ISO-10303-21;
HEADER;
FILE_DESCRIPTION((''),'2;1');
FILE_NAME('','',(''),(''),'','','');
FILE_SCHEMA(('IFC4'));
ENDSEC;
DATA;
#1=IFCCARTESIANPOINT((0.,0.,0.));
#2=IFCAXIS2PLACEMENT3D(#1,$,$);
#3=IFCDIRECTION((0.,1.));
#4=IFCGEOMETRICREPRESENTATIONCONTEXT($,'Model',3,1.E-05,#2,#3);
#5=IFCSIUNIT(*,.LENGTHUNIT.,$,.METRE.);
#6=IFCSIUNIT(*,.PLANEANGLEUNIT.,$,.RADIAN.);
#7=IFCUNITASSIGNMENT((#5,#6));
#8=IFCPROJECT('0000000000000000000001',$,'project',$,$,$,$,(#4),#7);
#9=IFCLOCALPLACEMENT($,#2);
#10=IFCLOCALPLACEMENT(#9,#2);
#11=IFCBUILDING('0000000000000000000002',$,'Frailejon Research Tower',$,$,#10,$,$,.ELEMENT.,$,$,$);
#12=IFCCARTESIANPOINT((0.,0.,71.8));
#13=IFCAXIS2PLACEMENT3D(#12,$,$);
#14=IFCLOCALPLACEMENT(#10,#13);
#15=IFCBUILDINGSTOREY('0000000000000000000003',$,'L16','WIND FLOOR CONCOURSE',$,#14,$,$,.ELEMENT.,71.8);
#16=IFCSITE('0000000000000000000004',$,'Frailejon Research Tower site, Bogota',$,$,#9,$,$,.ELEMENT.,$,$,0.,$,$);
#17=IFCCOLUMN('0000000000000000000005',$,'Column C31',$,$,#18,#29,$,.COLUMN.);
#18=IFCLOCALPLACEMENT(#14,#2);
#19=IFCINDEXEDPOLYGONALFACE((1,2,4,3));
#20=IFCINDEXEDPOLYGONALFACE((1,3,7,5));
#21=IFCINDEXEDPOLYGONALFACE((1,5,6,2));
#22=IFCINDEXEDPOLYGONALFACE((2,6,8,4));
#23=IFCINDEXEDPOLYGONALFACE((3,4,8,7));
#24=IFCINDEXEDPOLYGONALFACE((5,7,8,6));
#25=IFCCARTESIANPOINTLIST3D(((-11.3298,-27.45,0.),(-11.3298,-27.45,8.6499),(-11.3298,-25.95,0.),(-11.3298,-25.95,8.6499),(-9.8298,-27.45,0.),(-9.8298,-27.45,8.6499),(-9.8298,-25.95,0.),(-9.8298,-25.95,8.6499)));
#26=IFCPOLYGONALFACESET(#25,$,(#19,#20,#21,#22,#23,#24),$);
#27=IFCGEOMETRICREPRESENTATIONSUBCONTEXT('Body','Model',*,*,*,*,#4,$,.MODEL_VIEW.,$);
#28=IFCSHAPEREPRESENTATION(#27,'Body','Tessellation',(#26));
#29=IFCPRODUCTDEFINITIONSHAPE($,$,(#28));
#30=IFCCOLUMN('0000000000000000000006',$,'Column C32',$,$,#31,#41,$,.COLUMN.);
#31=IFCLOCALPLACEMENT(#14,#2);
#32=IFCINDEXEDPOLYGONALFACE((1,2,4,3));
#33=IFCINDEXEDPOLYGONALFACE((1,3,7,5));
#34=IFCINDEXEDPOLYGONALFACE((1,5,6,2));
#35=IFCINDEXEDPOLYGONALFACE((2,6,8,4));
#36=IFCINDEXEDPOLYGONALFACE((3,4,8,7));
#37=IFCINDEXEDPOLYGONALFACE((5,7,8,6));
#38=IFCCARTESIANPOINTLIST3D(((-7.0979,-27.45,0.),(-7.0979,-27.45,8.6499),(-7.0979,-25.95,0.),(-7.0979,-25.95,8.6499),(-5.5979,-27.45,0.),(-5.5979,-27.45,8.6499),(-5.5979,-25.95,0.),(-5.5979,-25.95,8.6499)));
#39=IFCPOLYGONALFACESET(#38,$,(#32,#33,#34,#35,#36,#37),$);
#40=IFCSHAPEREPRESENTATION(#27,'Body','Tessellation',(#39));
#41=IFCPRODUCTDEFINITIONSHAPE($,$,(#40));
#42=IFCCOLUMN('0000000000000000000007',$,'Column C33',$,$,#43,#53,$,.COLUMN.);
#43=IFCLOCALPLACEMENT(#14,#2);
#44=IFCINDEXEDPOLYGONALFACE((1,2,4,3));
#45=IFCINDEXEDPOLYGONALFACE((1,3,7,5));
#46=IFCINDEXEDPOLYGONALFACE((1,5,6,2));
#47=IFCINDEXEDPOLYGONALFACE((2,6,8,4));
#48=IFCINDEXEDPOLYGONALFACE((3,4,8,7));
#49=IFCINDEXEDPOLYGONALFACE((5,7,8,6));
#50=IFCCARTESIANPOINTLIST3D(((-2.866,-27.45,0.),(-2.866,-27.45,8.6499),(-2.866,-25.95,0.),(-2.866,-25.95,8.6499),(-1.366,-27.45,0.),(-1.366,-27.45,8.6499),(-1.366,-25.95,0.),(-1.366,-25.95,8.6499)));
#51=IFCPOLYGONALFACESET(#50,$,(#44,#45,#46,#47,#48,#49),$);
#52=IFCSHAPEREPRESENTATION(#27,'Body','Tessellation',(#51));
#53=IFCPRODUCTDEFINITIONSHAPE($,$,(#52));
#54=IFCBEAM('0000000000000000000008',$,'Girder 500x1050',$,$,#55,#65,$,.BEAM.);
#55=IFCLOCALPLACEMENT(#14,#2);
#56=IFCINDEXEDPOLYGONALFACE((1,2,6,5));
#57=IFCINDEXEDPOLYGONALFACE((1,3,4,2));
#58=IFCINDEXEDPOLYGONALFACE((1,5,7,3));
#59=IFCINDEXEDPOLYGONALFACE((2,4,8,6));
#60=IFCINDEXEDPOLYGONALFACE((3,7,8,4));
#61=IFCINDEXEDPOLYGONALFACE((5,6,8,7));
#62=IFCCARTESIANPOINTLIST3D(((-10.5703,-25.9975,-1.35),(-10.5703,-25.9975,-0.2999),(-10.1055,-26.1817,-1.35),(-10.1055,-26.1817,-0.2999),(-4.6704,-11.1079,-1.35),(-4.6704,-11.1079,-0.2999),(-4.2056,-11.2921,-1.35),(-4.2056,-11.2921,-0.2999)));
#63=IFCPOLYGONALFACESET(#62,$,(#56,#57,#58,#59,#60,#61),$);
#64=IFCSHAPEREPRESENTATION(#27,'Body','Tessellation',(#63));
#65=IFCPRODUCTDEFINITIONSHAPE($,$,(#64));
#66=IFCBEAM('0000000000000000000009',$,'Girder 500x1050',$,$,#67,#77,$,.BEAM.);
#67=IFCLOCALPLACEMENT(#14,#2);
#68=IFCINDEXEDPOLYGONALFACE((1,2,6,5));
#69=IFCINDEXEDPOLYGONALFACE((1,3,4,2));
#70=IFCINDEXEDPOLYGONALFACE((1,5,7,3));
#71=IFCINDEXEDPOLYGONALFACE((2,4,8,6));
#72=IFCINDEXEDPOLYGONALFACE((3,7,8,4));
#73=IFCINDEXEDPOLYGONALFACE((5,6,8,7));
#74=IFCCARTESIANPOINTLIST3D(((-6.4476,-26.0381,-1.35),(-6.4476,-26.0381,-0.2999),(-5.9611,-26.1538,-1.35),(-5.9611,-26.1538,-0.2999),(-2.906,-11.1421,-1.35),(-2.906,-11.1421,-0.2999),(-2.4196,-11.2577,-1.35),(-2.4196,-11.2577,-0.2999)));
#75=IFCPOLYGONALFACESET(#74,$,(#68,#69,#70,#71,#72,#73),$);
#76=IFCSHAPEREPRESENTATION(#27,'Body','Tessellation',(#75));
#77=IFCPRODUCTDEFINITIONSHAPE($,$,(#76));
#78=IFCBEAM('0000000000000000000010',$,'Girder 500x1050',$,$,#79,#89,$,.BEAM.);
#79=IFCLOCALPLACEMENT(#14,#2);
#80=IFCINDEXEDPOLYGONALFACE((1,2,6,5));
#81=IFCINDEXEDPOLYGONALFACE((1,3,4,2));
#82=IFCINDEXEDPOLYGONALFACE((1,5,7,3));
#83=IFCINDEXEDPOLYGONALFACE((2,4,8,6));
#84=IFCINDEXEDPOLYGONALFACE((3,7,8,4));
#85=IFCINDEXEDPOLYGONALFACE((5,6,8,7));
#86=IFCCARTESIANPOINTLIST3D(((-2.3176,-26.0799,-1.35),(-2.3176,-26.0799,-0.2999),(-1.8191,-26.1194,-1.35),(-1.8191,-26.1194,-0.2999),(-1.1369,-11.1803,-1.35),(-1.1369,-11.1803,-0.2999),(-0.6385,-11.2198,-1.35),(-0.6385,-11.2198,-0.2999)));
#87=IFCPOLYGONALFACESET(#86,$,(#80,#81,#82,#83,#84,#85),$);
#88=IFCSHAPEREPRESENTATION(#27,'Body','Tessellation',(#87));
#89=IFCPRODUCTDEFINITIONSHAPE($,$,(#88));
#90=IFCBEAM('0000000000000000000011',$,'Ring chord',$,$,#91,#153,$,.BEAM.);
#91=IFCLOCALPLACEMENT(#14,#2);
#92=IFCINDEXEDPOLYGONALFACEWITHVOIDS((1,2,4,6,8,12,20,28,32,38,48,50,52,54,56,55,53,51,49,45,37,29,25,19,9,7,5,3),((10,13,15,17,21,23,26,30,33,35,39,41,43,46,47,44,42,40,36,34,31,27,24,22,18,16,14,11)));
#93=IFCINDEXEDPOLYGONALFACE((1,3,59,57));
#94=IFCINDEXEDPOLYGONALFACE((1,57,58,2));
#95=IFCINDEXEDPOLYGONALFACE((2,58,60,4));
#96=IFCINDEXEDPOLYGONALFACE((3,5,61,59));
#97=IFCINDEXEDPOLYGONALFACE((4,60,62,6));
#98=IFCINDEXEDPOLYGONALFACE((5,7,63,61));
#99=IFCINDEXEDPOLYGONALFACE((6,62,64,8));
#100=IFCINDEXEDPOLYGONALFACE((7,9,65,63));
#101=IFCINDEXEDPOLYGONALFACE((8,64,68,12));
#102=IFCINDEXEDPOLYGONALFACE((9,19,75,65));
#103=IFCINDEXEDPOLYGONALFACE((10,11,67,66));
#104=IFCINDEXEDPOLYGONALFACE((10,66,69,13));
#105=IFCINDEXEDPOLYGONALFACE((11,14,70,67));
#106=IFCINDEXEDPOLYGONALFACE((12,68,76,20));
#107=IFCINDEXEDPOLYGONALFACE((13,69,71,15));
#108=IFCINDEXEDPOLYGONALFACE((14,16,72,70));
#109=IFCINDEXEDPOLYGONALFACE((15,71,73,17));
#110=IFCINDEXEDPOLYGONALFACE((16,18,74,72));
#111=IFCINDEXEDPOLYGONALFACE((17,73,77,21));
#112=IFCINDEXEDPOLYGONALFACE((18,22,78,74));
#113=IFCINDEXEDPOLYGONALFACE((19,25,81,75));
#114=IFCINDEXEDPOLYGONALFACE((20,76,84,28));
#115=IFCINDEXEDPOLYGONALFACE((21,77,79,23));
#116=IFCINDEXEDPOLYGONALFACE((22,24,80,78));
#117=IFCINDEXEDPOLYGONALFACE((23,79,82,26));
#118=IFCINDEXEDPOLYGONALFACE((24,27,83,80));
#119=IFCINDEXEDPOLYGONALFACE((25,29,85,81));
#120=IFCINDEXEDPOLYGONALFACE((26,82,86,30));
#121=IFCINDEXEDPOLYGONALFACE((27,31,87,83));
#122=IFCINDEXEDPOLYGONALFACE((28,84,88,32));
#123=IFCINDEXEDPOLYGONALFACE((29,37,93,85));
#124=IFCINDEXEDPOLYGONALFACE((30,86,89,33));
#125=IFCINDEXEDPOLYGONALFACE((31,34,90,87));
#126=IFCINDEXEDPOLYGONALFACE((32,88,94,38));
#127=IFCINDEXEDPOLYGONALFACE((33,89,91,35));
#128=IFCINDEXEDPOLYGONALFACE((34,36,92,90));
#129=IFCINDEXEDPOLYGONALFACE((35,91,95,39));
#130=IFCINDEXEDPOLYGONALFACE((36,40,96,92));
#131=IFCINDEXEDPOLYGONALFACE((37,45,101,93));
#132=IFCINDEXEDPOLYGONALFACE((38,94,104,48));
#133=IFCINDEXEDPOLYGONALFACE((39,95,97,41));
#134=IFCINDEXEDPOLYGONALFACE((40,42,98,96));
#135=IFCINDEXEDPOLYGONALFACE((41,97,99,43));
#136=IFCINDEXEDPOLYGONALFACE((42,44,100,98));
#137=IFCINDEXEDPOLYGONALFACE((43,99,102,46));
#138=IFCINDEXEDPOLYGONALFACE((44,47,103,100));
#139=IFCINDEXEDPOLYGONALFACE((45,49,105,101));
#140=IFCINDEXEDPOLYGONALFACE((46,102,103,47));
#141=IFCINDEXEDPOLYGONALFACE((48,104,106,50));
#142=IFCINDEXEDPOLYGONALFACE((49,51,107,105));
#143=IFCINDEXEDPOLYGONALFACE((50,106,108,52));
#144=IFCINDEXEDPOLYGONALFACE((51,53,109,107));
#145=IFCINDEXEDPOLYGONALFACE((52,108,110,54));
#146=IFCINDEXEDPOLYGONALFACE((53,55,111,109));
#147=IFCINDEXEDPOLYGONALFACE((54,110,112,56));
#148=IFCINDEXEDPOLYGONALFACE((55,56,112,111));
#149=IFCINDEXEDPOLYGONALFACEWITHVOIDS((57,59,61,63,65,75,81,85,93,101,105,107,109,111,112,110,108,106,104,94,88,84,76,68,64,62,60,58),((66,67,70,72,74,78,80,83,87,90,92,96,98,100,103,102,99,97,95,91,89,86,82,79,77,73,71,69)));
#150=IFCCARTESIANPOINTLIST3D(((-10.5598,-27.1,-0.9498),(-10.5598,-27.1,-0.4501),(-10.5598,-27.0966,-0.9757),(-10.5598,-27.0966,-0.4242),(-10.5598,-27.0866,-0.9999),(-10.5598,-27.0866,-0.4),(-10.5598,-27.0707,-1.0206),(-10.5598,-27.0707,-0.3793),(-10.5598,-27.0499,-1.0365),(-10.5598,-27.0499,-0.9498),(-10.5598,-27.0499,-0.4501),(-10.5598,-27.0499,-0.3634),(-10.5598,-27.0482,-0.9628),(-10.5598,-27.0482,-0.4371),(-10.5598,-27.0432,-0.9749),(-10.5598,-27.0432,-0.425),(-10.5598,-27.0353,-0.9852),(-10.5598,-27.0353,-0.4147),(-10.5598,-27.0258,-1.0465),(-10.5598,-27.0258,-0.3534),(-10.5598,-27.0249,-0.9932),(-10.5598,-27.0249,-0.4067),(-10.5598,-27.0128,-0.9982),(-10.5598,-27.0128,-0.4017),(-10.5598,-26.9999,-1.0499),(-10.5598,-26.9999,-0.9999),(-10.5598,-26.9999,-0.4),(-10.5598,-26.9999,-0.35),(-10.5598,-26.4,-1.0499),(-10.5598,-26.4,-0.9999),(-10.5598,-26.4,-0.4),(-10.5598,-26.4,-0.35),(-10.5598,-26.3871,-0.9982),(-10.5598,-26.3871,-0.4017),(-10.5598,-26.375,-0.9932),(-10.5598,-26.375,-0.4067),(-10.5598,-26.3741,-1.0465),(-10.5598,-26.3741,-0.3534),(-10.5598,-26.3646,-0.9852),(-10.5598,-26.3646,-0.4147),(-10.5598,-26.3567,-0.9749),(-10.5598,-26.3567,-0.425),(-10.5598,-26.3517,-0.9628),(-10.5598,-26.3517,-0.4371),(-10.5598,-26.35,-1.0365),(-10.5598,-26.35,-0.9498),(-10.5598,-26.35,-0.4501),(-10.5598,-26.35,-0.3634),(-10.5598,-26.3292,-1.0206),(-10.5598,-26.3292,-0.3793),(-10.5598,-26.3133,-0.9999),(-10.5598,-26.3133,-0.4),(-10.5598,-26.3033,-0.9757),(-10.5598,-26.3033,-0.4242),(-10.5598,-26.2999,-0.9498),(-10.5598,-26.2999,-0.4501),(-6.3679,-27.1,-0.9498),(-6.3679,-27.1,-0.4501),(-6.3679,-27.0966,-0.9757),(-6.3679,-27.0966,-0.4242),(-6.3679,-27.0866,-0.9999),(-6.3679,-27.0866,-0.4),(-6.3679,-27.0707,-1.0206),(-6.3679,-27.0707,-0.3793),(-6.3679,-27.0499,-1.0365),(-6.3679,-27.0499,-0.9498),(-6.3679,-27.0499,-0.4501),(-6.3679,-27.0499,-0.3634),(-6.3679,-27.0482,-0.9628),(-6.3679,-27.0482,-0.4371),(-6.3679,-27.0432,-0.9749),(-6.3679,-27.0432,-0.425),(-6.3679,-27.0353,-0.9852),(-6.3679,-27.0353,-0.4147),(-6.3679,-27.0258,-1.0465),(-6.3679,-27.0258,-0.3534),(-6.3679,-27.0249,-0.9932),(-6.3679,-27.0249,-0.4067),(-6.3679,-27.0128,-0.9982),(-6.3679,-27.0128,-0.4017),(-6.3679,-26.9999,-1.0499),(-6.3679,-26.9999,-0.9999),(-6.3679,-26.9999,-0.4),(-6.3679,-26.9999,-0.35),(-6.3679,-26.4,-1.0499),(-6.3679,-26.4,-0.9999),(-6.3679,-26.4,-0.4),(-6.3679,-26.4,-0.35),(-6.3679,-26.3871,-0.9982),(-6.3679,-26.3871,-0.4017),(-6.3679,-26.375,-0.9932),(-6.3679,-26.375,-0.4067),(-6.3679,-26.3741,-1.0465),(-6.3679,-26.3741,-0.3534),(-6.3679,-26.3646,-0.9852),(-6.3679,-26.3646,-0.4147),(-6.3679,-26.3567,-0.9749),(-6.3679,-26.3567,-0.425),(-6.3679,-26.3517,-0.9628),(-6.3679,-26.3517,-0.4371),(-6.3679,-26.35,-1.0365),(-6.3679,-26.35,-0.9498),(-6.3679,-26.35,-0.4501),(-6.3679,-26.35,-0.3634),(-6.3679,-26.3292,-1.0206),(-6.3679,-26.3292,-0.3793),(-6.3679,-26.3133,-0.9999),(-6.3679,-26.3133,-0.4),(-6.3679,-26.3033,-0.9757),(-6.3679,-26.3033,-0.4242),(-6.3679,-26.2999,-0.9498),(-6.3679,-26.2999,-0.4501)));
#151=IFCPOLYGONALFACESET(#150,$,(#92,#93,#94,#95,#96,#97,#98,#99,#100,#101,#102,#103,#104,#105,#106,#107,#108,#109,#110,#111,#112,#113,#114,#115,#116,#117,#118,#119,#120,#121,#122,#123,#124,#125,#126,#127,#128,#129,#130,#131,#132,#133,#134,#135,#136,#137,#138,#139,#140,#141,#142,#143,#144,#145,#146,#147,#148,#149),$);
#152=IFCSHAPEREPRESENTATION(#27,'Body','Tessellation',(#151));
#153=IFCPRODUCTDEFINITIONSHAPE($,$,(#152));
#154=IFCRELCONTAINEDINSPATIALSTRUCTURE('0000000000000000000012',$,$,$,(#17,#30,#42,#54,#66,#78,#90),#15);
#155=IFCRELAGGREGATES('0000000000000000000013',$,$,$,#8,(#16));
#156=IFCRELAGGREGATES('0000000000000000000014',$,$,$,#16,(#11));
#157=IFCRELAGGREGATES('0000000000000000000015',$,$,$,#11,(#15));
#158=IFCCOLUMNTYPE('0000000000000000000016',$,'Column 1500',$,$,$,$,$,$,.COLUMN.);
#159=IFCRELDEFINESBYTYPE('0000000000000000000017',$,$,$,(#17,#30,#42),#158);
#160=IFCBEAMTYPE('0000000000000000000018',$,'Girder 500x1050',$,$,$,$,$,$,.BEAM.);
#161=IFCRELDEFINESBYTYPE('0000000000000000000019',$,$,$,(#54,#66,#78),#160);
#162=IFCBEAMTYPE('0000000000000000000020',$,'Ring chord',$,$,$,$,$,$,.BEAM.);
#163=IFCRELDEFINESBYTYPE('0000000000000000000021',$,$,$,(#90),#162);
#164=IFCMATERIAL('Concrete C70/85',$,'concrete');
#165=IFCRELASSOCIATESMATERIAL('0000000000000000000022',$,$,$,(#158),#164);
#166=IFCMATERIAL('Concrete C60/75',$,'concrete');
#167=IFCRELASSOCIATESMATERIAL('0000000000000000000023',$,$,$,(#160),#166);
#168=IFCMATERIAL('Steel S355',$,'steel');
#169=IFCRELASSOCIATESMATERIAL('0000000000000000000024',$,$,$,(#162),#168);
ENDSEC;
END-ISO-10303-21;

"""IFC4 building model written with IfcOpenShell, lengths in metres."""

from ifc_helpers import new_model, si_unit, direction, frame, origin, origin_2d, place, context, subcontext, project, spatial, rectangle, hollow_rectangle, extrude, material, material_profile, profile_set, type_object, element, save


model = new_model("IFC4")

# Units and contexts
model_context = context("Model", 3, precision=1e-05, world=origin(), true_north=direction((0.0, 1.0)))
body_context = subcontext(model_context, "Body", "Model", "MODEL_VIEW")
ifc_project = project(units=[si_unit("LENGTHUNIT", "METRE"), si_unit("PLANEANGLEUNIT", "RADIAN")], contexts=[model_context])

# Site, building, storey
site_placement = place(None, origin())
site = spatial("IfcSite", under=ifc_project, at=site_placement, Name="Frailejon Research Tower site, Bogota", CompositionType="ELEMENT", RefElevation=0.0)
building_placement = place(site_placement, origin())
building = spatial("IfcBuilding", under=site, at=building_placement, Name="Frailejon Research Tower", CompositionType="ELEMENT")
storey_placement = place(building_placement, frame((0.0, 0.0, 71.8)))
storey = spatial("IfcBuildingStorey", under=building, at=storey_placement, Name="L16", Description="WIND FLOOR CONCOURSE", CompositionType="ELEMENT", Elevation=71.8)

# Columns
ifc_material_1 = material(Name="Concrete C70/85", Category="concrete")
ifc_material_profile_1 = material_profile(ifc_material_1, rectangle(XDim=1.5, YDim=1.5, at=origin_2d()), Name="Column 1500")
ifc_profile_set_1 = profile_set([ifc_material_profile_1], Name="Concrete C70/85")
column_type = type_object("IfcColumnType", Name="Column 1500", PredefinedType="COLUMN", material=ifc_profile_set_1)
for number, where, z_axis, x_axis, name in (
    (1, (-10.5798, -26.7, 0.0), (0.0, 0.0, 1.0), (1.0, 0.0, 0.0), "Column C31"),
    (2, (-6.3479, -26.7, 0.0), (0.0, 0.0, 1.0), (1.0, 0.0, 0.0), "Column C32"),
    (3, (-2.116, -26.7, 0.0), (0.0, 0.0, 1.0), (1.0, 0.0, 0.0), "Column C33"),
):
    element("IfcColumn", number, at=place(storey_placement, frame(where, z_axis=z_axis, x_axis=x_axis)), inside=storey, type_object=column_type, Name=name, PredefinedType="COLUMN", context=body_context, shape_type="SweptSolid", body=[
        extrude(rectangle(XDim=1.5, YDim=1.5, at=origin_2d()), origin(), (0.0, 0.0, 1.0), 8.6499),
    ])

# Beams
ifc_material_2 = material(Name="Concrete C60/75", Category="concrete")
ifc_material_profile_2 = material_profile(ifc_material_2, rectangle(XDim=0.5, YDim=1.05, at=origin_2d()), Name="Girder 500x1050")
ifc_profile_set_2 = profile_set([ifc_material_profile_2], Name="Concrete C60/75")
beam_type_1 = type_object("IfcBeamType", Name="Girder 500x1050", PredefinedType="BEAM", material=ifc_profile_set_2)
beam_1_placement = place(storey_placement, frame((-10.3379, -26.0896, -0.825), z_axis=(0.368377, 0.929677, 0.0), x_axis=(-0.929677, 0.368377, 0.0)))
element("IfcBeam", 4, at=beam_1_placement, inside=storey, type_object=beam_type_1, Name="Girder 500x1050", PredefinedType="BEAM", context=body_context, shape_type="SweptSolid", body=[
    extrude(rectangle(XDim=0.5, YDim=1.05, at=origin_2d()), origin(), (0.0, 0.0, 1.0), 16.0159),
])
beam_2_placement = place(storey_placement, frame((-6.2043, -26.0959, -0.825), z_axis=(0.231301, 0.972882, 0.0), x_axis=(-0.972882, 0.231301, 0.0)))
element("IfcBeam", 5, at=beam_2_placement, inside=storey, type_object=beam_type_1, Name="Girder 500x1050", PredefinedType="BEAM", context=body_context, shape_type="SweptSolid", body=[
    extrude(rectangle(XDim=0.5, YDim=1.05, at=origin_2d()), origin(), (0.0, 0.0, 1.0), 15.3113),
])
beam_3_placement = place(storey_placement, frame((-2.0684, -26.0996, -0.825), z_axis=(0.078993, 0.996875, 0.0), x_axis=(-0.996875, 0.078993, 0.0)))
element("IfcBeam", 6, at=beam_3_placement, inside=storey, type_object=beam_type_1, Name="Girder 500x1050", PredefinedType="BEAM", context=body_context, shape_type="SweptSolid", body=[
    extrude(rectangle(XDim=0.5, YDim=1.05, at=origin_2d()), origin(), (0.0, 0.0, 1.0), 14.9463),
])
ifc_material_3 = material(Name="Steel S355", Category="steel")
ifc_material_profile_3 = material_profile(ifc_material_3, hollow_rectangle(XDim=0.8, YDim=0.7, WallThickness=0.05, InnerFilletRadius=0.05, OuterFilletRadius=0.1001, at=origin_2d()), Name="Ring chord")
ifc_profile_set_3 = profile_set([ifc_material_profile_3], Name="Steel S355")
beam_type_2 = type_object("IfcBeamType", Name="Ring chord", PredefinedType="BEAM", material=ifc_profile_set_3)
for number, where, z_axis, x_axis, name in (
    (7, (-10.5598, -26.7, -0.7), (1.0, 0.0, 0.0), (0.0, 1.0, 0.0), "Ring chord"),
):
    element("IfcBeam", number, at=place(storey_placement, frame(where, z_axis=z_axis, x_axis=x_axis)), inside=storey, type_object=beam_type_2, Name=name, PredefinedType="BEAM", context=body_context, shape_type="SweptSolid", body=[
        extrude(hollow_rectangle(XDim=0.8, YDim=0.7, WallThickness=0.05, InnerFilletRadius=0.05, OuterFilletRadius=0.1001, at=origin_2d()), origin(), (0.0, 0.0, 1.0), 4.1919),
    ])

save(model, "model.ifc")
